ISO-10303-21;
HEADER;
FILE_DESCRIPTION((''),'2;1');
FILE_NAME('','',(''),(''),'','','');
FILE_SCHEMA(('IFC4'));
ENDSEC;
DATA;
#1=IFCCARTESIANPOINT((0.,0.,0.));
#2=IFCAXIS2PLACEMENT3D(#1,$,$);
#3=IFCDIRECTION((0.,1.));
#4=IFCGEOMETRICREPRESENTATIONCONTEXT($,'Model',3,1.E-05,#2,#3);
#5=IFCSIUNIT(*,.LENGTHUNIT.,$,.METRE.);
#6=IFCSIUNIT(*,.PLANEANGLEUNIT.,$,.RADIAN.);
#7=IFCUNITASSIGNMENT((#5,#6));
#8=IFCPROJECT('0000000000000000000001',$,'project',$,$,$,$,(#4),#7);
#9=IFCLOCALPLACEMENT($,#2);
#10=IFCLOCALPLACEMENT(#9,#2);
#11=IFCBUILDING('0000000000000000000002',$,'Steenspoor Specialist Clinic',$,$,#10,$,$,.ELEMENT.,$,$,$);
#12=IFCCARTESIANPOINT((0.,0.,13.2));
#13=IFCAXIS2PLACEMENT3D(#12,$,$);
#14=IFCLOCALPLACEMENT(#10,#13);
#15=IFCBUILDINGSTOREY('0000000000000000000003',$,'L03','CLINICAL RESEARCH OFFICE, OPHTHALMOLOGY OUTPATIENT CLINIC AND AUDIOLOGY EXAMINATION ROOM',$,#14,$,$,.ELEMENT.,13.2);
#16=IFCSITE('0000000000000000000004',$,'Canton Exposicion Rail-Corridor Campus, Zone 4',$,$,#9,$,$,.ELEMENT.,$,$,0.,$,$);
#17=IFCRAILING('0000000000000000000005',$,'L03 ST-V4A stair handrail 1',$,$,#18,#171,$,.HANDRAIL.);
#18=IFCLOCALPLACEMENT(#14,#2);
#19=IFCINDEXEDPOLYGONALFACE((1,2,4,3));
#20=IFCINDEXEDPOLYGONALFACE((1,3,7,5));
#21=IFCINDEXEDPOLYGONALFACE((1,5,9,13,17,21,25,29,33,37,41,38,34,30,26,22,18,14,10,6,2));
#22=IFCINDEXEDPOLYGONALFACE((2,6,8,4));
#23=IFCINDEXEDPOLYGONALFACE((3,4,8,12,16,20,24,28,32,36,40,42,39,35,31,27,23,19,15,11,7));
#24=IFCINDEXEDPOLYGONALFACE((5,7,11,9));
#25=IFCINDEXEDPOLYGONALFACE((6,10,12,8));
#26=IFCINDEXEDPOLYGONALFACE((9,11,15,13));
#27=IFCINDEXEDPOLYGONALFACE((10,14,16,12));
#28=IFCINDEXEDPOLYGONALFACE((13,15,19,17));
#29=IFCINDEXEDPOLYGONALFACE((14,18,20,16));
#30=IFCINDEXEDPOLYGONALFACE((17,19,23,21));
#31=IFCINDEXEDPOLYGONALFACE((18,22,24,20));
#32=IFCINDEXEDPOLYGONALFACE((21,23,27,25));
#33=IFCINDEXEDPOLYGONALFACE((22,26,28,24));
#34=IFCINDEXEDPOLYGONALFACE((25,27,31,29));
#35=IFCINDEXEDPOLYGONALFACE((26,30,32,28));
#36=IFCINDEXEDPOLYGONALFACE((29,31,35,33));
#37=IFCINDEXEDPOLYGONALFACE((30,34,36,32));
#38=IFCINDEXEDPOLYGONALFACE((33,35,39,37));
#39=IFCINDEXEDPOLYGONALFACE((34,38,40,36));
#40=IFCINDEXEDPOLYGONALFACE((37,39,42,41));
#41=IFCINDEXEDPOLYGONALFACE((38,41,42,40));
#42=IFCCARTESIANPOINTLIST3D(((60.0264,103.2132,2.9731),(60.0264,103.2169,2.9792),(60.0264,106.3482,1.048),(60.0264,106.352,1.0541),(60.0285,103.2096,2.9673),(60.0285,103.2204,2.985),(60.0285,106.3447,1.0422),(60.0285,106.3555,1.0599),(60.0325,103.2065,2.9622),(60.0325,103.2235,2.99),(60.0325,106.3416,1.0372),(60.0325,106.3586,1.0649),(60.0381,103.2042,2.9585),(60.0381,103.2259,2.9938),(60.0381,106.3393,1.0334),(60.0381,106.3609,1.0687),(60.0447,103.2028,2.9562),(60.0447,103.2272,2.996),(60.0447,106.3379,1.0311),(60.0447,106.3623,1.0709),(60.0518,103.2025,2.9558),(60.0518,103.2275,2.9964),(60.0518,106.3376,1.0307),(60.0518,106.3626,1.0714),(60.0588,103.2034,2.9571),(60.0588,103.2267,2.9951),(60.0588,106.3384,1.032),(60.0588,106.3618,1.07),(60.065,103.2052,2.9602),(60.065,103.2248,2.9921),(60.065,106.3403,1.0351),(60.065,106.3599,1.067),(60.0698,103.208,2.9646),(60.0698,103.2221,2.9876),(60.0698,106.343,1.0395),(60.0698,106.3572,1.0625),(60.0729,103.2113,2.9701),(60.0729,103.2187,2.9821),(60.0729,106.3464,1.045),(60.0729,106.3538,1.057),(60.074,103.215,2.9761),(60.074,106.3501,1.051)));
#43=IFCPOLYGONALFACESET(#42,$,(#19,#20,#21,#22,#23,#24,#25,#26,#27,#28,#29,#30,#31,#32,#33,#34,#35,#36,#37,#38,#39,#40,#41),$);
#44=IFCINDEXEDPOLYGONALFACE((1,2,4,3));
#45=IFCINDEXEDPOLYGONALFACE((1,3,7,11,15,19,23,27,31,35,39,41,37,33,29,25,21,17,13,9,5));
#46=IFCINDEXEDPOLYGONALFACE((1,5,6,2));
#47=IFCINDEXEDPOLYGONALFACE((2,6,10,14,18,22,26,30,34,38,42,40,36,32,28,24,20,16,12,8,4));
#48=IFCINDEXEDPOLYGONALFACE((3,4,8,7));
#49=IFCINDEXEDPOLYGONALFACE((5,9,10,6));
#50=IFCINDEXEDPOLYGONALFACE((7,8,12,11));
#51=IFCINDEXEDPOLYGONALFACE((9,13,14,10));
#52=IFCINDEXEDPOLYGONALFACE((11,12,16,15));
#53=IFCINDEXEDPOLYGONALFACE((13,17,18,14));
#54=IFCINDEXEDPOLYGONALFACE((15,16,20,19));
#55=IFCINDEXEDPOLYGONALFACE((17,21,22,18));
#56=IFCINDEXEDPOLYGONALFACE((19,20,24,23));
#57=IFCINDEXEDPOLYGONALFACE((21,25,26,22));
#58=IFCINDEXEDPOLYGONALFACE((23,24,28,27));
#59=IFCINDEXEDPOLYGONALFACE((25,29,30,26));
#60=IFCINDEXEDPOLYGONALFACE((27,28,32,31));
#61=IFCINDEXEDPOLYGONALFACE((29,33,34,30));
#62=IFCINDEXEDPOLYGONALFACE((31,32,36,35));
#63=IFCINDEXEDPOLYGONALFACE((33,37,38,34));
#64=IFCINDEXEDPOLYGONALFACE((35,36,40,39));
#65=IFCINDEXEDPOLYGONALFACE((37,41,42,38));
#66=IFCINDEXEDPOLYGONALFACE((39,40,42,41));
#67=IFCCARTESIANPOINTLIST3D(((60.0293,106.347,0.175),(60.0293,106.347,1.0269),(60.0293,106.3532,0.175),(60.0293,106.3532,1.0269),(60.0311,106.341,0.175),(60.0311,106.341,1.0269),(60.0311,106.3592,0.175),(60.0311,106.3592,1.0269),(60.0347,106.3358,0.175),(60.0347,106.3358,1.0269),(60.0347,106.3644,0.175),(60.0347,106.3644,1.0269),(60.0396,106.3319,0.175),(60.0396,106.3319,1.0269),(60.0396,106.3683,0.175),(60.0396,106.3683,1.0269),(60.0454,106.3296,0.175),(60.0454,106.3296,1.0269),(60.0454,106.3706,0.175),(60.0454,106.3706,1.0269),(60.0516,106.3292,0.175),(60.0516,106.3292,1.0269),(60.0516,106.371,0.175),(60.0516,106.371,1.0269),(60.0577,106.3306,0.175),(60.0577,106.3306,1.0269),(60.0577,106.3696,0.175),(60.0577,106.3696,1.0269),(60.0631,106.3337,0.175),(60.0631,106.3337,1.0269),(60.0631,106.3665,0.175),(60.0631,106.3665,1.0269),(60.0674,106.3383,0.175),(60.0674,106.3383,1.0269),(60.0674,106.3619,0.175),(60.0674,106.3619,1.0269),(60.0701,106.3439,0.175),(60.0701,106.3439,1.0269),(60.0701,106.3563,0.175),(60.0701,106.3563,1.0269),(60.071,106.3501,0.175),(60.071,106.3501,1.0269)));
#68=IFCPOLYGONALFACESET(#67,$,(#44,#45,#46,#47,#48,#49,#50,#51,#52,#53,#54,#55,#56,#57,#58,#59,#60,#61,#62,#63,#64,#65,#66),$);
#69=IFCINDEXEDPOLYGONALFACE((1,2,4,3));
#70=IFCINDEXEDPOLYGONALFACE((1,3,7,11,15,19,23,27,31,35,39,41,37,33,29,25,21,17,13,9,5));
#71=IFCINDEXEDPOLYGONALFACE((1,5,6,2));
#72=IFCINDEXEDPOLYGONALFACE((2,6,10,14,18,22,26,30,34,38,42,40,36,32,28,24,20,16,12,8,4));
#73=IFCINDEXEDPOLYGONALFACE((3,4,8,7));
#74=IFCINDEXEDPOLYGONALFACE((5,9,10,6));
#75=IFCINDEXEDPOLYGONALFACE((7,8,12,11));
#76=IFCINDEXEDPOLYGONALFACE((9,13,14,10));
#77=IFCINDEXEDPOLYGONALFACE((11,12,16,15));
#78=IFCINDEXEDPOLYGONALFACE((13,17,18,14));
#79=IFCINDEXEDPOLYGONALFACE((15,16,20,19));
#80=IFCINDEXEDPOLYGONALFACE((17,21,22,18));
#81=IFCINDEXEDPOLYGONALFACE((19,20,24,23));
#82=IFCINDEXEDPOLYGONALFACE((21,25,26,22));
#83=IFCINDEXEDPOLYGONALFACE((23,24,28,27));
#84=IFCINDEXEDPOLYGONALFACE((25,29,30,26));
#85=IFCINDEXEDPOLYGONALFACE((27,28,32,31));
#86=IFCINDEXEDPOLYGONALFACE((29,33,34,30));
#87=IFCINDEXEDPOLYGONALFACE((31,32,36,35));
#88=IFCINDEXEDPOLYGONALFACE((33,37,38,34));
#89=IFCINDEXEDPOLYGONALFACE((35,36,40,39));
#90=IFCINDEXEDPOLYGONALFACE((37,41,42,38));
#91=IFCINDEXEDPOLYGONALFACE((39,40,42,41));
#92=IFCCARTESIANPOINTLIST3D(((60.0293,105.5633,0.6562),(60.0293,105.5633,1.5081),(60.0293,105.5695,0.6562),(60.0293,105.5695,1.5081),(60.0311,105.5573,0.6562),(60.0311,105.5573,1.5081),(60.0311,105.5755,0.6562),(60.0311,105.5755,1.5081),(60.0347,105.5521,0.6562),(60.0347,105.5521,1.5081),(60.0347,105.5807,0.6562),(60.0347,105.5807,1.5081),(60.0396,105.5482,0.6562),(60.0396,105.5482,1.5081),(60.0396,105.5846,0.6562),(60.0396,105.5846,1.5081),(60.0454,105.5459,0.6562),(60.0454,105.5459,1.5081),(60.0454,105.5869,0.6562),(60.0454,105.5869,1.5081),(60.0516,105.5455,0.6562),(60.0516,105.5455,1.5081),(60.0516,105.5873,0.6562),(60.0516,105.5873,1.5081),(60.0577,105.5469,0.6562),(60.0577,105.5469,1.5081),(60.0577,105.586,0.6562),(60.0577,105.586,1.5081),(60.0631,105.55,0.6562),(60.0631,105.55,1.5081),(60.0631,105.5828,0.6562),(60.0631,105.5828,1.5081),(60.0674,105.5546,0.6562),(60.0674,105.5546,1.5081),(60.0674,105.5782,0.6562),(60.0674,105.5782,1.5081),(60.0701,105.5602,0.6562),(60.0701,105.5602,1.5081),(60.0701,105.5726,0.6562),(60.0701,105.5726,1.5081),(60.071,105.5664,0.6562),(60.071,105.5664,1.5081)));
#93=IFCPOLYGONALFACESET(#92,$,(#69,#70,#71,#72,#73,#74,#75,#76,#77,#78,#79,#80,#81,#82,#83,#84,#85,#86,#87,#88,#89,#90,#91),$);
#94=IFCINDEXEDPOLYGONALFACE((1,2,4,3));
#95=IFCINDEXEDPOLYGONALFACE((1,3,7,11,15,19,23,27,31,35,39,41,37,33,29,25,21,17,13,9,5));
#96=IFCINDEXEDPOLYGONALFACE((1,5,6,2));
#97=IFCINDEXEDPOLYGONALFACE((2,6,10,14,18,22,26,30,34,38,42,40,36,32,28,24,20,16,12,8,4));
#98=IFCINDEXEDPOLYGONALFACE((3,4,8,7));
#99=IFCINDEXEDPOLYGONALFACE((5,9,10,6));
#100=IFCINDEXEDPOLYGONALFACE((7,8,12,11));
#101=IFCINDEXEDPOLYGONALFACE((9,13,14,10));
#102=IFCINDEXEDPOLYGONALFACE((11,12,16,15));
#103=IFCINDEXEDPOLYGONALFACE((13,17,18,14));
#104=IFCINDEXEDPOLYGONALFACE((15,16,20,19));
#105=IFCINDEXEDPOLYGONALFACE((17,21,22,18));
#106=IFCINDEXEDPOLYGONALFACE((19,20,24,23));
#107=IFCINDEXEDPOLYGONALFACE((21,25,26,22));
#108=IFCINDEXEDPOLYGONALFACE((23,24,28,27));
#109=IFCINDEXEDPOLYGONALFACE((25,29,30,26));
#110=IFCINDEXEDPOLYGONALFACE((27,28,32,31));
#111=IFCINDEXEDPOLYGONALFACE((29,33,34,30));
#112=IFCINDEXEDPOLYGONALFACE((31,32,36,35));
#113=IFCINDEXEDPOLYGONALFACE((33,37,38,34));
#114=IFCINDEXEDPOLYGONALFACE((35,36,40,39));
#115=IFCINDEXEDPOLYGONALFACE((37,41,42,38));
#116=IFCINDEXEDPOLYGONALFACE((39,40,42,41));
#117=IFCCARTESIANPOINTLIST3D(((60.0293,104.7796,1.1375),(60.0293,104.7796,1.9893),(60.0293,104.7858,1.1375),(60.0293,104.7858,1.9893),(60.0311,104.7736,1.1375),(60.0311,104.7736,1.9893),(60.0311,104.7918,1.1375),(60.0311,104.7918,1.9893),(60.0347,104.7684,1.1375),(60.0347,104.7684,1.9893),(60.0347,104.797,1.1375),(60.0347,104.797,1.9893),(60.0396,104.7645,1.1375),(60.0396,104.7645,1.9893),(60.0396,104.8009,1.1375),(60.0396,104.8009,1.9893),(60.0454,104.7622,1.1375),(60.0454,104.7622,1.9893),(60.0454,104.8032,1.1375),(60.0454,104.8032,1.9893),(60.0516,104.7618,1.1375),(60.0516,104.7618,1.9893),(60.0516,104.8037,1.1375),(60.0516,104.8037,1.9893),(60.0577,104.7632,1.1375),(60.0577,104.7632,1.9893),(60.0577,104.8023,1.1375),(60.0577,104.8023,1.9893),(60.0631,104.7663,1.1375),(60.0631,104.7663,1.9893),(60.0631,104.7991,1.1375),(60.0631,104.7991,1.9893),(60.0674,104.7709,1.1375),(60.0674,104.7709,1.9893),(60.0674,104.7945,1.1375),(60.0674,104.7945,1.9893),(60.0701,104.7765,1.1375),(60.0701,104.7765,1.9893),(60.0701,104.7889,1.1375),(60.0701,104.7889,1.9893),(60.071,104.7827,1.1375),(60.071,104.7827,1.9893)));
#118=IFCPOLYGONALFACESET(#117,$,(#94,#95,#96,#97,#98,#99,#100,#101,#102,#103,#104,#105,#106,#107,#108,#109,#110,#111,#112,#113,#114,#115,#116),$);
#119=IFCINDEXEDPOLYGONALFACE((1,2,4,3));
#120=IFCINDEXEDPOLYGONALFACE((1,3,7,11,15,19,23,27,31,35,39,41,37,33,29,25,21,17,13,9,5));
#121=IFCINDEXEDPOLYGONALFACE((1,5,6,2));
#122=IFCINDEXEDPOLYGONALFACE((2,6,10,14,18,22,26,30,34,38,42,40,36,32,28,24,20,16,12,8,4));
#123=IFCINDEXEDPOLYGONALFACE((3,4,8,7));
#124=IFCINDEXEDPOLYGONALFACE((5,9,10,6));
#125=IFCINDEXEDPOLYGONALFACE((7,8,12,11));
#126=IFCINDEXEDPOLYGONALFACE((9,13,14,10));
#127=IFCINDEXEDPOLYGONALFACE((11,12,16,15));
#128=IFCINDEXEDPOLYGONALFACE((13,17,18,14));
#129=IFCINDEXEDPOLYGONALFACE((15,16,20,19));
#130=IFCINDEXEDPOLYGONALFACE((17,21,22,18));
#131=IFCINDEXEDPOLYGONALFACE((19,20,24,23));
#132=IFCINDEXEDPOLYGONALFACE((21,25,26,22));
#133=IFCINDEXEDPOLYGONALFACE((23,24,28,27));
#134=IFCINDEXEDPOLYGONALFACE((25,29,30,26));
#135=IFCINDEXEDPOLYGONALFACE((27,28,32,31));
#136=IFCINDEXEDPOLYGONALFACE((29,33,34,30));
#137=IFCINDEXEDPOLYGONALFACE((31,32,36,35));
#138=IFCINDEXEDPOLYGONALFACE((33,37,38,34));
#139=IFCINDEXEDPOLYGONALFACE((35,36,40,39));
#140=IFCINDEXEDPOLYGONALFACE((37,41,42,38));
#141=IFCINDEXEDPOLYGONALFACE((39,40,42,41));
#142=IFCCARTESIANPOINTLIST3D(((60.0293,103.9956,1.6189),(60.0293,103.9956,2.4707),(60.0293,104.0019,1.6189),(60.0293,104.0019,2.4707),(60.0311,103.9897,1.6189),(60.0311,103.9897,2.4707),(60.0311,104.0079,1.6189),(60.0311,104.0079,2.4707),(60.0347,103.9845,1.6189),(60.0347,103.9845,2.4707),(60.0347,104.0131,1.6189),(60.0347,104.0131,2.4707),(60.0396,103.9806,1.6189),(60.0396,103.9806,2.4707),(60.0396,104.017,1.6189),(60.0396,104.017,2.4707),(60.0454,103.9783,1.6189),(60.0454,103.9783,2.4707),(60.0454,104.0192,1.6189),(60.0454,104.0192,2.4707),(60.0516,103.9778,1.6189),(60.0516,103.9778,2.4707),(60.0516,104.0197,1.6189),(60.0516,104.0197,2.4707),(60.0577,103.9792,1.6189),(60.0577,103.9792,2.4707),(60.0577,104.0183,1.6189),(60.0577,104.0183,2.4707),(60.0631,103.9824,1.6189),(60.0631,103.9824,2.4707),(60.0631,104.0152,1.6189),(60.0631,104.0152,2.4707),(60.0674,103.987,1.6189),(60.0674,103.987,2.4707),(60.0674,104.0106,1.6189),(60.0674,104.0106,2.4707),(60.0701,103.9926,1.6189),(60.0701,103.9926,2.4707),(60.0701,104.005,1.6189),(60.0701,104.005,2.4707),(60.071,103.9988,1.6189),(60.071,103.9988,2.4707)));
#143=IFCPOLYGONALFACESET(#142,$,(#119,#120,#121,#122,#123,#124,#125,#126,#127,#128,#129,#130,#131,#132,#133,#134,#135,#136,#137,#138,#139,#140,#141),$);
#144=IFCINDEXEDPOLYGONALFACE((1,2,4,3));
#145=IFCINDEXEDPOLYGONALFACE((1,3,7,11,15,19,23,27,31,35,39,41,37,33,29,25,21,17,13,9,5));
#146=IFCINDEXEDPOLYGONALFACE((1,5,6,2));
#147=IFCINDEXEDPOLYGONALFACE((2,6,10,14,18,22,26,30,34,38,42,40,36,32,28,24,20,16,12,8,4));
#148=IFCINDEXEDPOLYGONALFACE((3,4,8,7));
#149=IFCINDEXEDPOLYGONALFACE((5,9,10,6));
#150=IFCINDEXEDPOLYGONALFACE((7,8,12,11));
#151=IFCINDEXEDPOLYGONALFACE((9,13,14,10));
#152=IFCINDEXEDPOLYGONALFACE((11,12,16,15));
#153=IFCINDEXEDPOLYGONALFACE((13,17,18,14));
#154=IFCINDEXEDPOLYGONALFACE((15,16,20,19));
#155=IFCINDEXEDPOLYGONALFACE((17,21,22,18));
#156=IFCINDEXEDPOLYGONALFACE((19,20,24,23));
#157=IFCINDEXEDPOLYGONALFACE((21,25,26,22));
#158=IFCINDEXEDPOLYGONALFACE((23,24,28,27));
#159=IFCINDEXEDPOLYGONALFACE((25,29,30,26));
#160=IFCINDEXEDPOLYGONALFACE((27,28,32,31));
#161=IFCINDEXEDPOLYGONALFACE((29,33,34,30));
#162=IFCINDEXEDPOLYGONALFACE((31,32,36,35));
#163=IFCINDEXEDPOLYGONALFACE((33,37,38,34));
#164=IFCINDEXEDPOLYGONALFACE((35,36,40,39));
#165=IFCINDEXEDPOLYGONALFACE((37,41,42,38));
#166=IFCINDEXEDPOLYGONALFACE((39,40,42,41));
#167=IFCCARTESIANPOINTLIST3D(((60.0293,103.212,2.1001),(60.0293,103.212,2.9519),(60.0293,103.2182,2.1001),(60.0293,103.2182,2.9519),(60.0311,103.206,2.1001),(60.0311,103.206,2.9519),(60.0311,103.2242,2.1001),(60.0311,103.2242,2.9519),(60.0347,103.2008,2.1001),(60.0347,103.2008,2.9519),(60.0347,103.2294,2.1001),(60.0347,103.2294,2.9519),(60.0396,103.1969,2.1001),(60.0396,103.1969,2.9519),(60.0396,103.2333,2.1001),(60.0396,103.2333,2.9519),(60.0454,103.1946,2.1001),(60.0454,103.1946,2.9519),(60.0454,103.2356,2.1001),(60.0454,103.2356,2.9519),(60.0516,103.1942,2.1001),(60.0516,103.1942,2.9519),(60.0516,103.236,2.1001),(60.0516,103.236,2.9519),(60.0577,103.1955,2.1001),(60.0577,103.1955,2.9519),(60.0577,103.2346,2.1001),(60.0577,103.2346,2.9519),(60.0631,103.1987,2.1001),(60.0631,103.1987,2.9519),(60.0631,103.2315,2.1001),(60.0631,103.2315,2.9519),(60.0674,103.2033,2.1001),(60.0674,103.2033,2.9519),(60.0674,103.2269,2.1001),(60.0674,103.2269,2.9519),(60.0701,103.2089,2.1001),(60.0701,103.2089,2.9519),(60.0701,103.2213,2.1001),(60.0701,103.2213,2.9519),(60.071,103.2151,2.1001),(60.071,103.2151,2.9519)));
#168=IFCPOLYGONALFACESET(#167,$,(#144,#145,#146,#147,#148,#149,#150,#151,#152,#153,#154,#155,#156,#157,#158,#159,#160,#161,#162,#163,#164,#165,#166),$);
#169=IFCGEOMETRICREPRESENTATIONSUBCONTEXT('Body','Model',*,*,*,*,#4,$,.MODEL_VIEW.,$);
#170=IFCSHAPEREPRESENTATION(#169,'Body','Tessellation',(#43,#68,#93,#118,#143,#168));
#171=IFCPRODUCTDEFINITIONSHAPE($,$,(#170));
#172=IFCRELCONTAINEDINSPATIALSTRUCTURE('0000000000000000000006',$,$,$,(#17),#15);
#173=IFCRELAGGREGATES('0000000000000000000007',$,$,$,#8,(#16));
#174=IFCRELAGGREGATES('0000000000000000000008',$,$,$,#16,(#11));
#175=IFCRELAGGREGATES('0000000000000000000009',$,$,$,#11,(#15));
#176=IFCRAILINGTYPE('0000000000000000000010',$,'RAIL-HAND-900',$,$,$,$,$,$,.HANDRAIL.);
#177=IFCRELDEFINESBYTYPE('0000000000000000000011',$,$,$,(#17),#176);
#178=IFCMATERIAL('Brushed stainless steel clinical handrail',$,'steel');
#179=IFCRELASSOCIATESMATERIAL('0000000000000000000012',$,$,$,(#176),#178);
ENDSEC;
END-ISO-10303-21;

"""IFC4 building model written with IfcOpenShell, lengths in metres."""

from ifc_helpers import new_model, si_unit, direction, frame, origin, origin_2d, place, context, subcontext, project, spatial, circle, extrude, material, type_object, element, save


model = new_model("IFC4")

# Units and contexts
model_context = context("Model", 3, precision=1e-05, world=origin(), true_north=direction((0.0, 1.0)))
body_context = subcontext(model_context, "Body", "Model", "MODEL_VIEW")
ifc_project = project(units=[si_unit("LENGTHUNIT", "METRE"), si_unit("PLANEANGLEUNIT", "RADIAN")], contexts=[model_context])

# Site, building, storey
site_placement = place(None, origin())
site = spatial("IfcSite", under=ifc_project, at=site_placement, Name="Canton Exposicion Rail-Corridor Campus, Zone 4", CompositionType="ELEMENT", RefElevation=0.0)
building_placement = place(site_placement, origin())
building = spatial("IfcBuilding", under=site, at=building_placement, Name="Steenspoor Specialist Clinic", CompositionType="ELEMENT")
storey_placement = place(building_placement, frame((0.0, 0.0, 13.2)))
storey = spatial("IfcBuildingStorey", under=building, at=storey_placement, Name="L03", Description="CLINICAL RESEARCH OFFICE, OPHTHALMOLOGY OUTPATIENT CLINIC AND AUDIOLOGY EXAMINATION ROOM", CompositionType="ELEMENT", Elevation=13.2)

# Railing
ifc_material_1 = material(Name="Brushed stainless steel clinical handrail", Category="steel")
railing_type_1 = type_object("IfcRailingType", Name="RAIL-HAND-900", PredefinedType="HANDRAIL", material=ifc_material_1)
railing_1_placement = place(storey_placement, frame((60.05, 106.3501, 0.175)))
element("IfcRailing", 1, at=railing_1_placement, inside=storey, type_object=railing_type_1, Name="L03 ST-V4A stair handrail 1", PredefinedType="HANDRAIL", context=body_context, shape_type="SweptSolid", body=[
    extrude(circle(Radius=0.0239, at=origin_2d()), frame((0.0, 0.0, 0.876), z_axis=(0.0, -0.852166, 0.523271), x_axis=(1.0, 0.0, 0.0)), (0.0, 0.0, 1.0), 3.679),
    extrude(circle(Radius=0.021, at=origin_2d()), origin(), (0.0, 0.0, 1.0), 0.8518),
    extrude(circle(Radius=0.021, at=origin_2d()), frame((0.0, -0.7837, 0.4812)), (0.0, 0.0, 1.0), 0.8518),
    extrude(circle(Radius=0.021, at=origin_2d()), frame((0.0, -1.5674, 0.9624)), (0.0, 0.0, 1.0), 0.8518),
    extrude(circle(Radius=0.021, at=origin_2d()), frame((0.0, -2.3513, 1.4438)), (0.0, 0.0, 1.0), 0.8518),
    extrude(circle(Radius=0.021, at=origin_2d()), frame((0.0, -3.135, 1.925)), (0.0, 0.0, 1.0), 0.8518),
])

save(model, "model.ifc")
